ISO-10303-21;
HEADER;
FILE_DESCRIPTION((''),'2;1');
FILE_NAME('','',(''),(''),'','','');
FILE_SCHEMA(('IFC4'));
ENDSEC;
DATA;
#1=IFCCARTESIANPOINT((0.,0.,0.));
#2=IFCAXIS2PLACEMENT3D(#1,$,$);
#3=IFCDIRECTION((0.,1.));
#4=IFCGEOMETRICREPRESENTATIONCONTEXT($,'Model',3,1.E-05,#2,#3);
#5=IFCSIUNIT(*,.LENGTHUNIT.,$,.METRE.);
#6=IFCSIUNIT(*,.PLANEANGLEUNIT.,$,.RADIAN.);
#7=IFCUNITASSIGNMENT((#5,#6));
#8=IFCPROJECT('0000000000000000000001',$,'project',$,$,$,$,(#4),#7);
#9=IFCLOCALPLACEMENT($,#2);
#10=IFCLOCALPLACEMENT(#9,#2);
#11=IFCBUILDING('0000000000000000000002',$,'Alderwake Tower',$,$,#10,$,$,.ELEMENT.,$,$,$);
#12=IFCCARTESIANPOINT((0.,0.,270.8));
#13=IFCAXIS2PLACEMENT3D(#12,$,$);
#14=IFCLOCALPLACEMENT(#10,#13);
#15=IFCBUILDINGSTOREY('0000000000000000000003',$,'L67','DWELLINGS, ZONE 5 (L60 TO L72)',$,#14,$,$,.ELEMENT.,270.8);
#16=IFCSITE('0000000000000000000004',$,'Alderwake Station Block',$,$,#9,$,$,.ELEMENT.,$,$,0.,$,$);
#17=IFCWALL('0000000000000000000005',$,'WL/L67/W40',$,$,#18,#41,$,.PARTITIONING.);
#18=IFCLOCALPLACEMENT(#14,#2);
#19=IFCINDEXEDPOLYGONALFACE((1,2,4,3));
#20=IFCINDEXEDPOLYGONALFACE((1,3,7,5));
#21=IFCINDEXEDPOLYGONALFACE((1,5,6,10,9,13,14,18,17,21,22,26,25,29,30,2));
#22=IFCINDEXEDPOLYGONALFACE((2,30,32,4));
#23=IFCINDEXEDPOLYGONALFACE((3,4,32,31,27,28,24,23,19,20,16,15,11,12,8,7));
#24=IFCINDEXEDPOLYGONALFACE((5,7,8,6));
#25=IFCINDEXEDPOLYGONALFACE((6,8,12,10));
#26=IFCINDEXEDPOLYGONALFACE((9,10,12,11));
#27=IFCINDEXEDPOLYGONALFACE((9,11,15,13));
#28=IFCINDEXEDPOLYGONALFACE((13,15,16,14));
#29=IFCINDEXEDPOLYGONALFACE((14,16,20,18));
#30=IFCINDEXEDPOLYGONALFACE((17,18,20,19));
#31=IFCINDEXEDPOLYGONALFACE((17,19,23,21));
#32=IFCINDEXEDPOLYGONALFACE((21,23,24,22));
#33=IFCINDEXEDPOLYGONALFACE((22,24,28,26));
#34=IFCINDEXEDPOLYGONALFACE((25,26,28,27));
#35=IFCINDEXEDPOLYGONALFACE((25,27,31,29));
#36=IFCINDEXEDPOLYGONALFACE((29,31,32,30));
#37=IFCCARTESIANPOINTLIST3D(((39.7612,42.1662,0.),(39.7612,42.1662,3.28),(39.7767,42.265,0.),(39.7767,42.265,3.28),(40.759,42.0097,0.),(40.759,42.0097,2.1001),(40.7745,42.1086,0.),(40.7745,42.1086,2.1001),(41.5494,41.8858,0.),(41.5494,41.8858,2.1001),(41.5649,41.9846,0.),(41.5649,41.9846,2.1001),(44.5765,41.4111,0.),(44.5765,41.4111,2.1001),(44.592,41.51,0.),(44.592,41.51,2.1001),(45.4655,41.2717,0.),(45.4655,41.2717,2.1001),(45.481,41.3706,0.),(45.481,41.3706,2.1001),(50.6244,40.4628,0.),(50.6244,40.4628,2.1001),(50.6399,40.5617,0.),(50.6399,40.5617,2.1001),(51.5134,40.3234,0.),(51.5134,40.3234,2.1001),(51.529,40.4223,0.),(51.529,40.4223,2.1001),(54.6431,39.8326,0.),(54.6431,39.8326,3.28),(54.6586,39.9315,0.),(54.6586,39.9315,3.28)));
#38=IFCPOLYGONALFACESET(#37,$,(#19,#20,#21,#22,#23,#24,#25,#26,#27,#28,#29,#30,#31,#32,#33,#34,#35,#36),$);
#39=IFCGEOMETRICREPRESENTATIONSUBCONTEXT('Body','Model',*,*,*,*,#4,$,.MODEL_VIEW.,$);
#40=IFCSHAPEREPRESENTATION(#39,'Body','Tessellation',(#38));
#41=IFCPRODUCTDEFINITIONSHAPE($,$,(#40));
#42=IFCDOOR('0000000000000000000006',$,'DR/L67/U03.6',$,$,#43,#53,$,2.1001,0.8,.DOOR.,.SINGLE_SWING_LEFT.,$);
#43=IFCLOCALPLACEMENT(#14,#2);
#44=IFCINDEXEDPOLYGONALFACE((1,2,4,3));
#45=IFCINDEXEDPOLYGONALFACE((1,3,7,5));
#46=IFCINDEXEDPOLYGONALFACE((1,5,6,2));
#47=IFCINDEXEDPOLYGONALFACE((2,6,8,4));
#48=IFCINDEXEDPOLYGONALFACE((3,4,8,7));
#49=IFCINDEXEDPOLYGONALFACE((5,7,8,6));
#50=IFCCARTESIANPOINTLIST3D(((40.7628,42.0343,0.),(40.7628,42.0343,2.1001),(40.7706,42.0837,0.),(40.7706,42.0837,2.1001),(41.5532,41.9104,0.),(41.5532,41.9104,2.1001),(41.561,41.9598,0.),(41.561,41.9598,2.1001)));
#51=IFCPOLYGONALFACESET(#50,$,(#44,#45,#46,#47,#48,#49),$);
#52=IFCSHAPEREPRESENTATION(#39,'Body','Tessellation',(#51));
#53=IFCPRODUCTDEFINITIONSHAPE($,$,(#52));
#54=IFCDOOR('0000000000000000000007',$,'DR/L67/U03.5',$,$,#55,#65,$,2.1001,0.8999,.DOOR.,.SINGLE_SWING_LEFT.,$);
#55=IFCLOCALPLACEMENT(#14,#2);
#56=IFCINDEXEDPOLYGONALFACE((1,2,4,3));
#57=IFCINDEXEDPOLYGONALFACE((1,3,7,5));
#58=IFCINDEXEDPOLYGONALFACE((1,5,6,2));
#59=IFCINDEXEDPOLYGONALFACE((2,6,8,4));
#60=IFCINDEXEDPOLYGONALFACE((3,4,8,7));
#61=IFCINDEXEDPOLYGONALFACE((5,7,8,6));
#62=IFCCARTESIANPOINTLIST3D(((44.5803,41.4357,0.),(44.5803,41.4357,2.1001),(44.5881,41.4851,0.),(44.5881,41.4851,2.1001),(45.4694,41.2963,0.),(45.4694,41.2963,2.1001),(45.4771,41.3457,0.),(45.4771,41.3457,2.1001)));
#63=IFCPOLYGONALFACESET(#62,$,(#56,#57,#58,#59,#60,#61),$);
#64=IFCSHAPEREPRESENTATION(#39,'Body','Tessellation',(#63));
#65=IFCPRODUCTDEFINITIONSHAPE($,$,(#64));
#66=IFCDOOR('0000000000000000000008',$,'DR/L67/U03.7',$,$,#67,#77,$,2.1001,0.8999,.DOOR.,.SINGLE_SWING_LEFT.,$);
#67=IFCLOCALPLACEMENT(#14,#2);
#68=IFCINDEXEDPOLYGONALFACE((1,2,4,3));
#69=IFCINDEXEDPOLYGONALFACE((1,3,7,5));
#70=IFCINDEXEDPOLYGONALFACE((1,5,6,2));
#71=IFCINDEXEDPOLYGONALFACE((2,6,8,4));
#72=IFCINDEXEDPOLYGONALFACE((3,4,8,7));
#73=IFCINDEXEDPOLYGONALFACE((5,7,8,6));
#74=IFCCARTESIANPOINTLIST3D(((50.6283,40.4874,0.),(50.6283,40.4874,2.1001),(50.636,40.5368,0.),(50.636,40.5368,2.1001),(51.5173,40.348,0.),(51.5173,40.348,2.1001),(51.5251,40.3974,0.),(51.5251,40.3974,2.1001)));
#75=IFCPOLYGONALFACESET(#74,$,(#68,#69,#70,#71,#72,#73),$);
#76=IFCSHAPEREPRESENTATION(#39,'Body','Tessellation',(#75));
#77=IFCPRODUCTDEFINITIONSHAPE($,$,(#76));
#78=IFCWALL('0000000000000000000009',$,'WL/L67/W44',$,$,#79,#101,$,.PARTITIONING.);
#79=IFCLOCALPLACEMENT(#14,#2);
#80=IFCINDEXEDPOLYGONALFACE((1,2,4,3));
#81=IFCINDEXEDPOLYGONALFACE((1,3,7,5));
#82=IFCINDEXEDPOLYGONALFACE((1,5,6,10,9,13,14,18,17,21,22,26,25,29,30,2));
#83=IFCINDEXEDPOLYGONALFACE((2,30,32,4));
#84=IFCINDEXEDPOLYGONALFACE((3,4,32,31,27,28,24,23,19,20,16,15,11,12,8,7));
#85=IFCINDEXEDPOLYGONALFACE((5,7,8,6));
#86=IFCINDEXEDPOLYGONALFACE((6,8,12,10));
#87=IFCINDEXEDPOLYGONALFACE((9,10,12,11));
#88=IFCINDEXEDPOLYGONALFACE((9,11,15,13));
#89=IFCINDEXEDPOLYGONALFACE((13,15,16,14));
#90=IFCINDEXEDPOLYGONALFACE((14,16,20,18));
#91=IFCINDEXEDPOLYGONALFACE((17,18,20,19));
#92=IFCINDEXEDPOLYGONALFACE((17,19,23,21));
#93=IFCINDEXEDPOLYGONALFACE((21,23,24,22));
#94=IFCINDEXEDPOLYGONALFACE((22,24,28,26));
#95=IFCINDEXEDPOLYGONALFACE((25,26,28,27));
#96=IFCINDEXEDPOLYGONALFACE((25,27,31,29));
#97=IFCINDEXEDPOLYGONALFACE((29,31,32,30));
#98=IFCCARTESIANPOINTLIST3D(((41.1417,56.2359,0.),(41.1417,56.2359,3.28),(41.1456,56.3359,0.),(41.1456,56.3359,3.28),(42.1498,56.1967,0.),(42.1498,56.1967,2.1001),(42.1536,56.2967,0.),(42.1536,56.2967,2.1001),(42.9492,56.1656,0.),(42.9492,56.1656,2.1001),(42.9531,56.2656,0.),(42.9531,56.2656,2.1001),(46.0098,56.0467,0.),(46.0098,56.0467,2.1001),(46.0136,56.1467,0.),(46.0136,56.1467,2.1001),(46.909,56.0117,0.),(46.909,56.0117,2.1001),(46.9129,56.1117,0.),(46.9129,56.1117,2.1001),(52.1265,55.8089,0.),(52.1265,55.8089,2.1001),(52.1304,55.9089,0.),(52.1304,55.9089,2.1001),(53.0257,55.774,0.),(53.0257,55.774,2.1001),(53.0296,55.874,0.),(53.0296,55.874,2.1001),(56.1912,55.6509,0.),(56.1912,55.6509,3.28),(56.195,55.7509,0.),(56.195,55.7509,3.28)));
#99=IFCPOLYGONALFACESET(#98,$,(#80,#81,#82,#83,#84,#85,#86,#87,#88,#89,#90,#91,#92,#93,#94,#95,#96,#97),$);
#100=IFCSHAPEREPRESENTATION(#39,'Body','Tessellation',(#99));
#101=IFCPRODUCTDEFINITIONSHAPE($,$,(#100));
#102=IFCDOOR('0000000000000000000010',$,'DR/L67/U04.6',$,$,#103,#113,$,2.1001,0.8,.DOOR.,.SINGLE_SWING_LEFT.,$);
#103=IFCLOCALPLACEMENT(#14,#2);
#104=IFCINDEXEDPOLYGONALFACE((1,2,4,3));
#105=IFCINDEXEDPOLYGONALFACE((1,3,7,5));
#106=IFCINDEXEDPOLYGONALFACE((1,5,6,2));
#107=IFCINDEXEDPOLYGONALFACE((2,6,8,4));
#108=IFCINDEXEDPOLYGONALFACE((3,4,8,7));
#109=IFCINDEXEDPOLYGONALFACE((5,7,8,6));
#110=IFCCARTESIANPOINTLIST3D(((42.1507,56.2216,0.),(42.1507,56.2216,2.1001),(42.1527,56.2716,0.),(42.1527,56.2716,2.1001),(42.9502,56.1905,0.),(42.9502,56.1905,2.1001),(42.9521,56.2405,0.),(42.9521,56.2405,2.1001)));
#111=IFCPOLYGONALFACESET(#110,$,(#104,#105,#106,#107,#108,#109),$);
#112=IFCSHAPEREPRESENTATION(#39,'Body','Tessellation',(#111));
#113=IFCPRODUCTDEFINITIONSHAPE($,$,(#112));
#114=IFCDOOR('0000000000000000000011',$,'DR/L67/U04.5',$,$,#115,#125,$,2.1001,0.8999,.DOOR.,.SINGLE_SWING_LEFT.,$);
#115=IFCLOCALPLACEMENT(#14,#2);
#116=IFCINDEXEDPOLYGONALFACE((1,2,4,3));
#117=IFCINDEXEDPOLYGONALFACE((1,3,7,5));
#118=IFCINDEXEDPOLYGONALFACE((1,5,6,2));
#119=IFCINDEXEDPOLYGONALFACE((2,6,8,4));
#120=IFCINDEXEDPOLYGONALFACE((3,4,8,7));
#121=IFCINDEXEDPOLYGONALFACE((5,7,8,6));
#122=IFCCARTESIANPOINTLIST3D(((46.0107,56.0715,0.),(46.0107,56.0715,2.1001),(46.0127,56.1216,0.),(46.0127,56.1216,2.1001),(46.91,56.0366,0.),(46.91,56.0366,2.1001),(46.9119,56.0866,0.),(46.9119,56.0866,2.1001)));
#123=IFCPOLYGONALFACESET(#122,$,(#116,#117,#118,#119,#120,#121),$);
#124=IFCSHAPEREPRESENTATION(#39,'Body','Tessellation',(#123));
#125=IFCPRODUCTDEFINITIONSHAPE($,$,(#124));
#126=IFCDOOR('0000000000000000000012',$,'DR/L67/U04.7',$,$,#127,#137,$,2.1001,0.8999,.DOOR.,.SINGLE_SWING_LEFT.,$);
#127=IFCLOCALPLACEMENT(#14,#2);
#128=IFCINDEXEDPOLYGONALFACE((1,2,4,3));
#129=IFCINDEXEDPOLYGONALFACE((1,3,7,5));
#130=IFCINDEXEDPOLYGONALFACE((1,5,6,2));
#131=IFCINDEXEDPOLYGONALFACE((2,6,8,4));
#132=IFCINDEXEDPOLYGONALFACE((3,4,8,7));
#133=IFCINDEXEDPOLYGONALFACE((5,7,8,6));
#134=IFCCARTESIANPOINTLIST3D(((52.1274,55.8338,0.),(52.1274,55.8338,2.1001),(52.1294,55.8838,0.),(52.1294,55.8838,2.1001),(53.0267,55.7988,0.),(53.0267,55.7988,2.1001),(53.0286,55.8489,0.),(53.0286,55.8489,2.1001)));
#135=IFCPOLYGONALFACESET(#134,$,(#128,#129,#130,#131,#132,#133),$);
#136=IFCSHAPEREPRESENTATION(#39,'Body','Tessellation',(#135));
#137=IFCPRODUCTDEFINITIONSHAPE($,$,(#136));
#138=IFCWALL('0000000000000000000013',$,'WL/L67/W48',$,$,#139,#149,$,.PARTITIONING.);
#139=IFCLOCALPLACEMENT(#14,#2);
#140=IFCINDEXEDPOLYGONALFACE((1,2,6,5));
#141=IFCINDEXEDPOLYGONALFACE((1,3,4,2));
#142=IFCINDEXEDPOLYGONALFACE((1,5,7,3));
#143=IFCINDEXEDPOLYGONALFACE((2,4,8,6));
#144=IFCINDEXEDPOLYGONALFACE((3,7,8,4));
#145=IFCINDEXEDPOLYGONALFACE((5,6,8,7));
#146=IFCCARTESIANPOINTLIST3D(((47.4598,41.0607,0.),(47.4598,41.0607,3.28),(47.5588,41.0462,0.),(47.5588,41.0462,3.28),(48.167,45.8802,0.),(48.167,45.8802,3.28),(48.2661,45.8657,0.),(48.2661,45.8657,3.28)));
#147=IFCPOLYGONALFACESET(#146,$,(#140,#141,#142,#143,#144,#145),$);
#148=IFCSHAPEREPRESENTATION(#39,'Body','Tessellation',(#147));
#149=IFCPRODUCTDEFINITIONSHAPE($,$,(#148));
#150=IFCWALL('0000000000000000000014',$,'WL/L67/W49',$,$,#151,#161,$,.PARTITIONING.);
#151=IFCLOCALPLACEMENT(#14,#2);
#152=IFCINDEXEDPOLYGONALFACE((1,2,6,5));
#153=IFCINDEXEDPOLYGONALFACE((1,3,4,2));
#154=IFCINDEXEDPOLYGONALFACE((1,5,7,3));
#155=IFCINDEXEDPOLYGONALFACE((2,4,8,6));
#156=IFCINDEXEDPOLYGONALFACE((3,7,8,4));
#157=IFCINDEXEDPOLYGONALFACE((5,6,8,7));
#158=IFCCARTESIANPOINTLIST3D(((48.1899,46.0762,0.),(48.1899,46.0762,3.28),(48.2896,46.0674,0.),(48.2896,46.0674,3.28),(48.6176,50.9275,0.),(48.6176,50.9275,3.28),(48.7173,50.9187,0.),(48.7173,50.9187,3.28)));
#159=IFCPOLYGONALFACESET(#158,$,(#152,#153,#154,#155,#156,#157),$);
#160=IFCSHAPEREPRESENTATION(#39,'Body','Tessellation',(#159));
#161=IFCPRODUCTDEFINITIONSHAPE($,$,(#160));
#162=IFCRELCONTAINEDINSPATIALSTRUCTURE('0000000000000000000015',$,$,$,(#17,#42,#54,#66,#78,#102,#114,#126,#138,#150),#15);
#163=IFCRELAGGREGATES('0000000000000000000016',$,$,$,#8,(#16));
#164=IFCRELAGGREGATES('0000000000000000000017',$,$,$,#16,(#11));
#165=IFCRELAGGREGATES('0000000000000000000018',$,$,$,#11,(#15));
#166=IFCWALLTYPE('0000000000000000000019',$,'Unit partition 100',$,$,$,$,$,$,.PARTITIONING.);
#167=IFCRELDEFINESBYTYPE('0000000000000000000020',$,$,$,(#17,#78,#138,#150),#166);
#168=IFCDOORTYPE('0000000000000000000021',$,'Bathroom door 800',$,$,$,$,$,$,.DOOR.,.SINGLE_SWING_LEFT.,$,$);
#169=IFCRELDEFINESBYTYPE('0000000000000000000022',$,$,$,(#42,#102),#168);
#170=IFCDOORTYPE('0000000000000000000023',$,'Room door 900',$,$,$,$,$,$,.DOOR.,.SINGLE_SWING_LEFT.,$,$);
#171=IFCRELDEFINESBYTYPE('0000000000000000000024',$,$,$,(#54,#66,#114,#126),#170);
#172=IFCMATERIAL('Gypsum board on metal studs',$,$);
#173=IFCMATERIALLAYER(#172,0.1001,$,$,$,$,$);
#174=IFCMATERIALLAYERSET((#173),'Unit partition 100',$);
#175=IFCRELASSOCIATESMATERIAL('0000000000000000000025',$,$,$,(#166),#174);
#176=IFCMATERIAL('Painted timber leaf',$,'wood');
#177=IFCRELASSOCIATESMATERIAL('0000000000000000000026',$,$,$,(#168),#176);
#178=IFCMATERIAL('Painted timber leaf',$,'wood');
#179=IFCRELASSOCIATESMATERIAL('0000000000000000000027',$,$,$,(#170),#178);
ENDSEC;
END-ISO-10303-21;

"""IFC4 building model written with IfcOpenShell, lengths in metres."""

from ifc_helpers import new_model, si_unit, direction, frame, frame_2d, origin, place, context, subcontext, project, spatial, rectangle, extrude, material, layer, layer_set, type_object, element, fill, save


model = new_model("IFC4")

# Units and contexts
model_context = context("Model", 3, precision=1e-05, world=origin(), true_north=direction((0.0, 1.0)))
body_context = subcontext(model_context, "Body", "Model", "MODEL_VIEW")
ifc_project = project(units=[si_unit("LENGTHUNIT", "METRE"), si_unit("PLANEANGLEUNIT", "RADIAN")], contexts=[model_context])

# Site, building, storey
site_placement = place(None, origin())
site = spatial("IfcSite", under=ifc_project, at=site_placement, Name="Alderwake Station Block", CompositionType="ELEMENT", RefElevation=0.0)
building_placement = place(site_placement, origin())
building = spatial("IfcBuilding", under=site, at=building_placement, Name="Alderwake Tower", CompositionType="ELEMENT")
storey_placement = place(building_placement, frame((0.0, 0.0, 270.8)))
storey = spatial("IfcBuildingStorey", under=building, at=storey_placement, Name="L67", Description="DWELLINGS, ZONE 5 (L60 TO L72)", CompositionType="ELEMENT", Elevation=270.8)

# Walls, openings, doors
ifc_material_1 = material(Name="Gypsum board on metal studs")
ifc_layer_1 = layer(ifc_material_1, 0.1001)
ifc_layer_set_1 = layer_set([ifc_layer_1], Name="Unit partition 100")
wall_type_1 = type_object("IfcWallType", Name="Unit partition 100", PredefinedType="PARTITIONING", material=ifc_layer_set_1)
wall_1_placement = place(storey_placement, frame((39.769, 42.2156, 0.0), z_axis=(0.0, 0.0, 1.0), x_axis=(0.987929, -0.154909, 0.0)))
wall_1 = element("IfcWall", 1, at=wall_1_placement, inside=storey, type_object=wall_type_1, Name="WL/L67/W40", PredefinedType="PARTITIONING", context=body_context, shape_type="SweptSolid", body=[
    extrude(rectangle(XDim=15.0637, YDim=0.1001, at=frame_2d((7.5317, 0.0))), origin(), (0.0, 0.0, 1.0), 3.28),
])
opening_1_placement = place(wall_1_placement, frame((4.874, 0.0, 0.0)))
opening_1 = element("IfcOpeningElement", 2, at=opening_1_placement, cuts=wall_1, PredefinedType="OPENING", context=body_context, shape_type="SweptSolid", body=[
    extrude(rectangle(XDim=0.8999, YDim=2.1001, at=frame_2d((0.45, 1.05))), frame((0.0, 0.0601, 0.0), z_axis=(0.0, -1.0, 0.0), x_axis=(1.0, 0.0, 0.0)), (0.0, 0.0, 1.0), 0.1201),
])
opening_2_placement = place(wall_1_placement, frame((1.01, 0.0, 0.0)))
opening_2 = element("IfcOpeningElement", 3, at=opening_2_placement, cuts=wall_1, PredefinedType="OPENING", context=body_context, shape_type="SweptSolid", body=[
    extrude(rectangle(XDim=0.8, YDim=2.1001, at=frame_2d((0.3999, 1.05))), frame((0.0, 0.0601, 0.0), z_axis=(0.0, -1.0, 0.0), x_axis=(1.0, 0.0, 0.0)), (0.0, 0.0, 1.0), 0.1201),
])
opening_3_placement = place(wall_1_placement, frame((10.9958, 0.0, 0.0)))
opening_3 = element("IfcOpeningElement", 4, at=opening_3_placement, cuts=wall_1, PredefinedType="OPENING", context=body_context, shape_type="SweptSolid", body=[
    extrude(rectangle(XDim=0.8999, YDim=2.1001, at=frame_2d((0.45, 1.05))), frame((0.0, 0.0601, 0.0), z_axis=(0.0, -1.0, 0.0), x_axis=(1.0, 0.0, 0.0)), (0.0, 0.0, 1.0), 0.1201),
])
ifc_material_2 = material(Name="Painted timber leaf", Category="wood")
door_type_1 = type_object("IfcDoorType", Name="Bathroom door 800", OperationType="SINGLE_SWING_LEFT", PredefinedType="DOOR", material=ifc_material_2)
door_1_placement = place(opening_2_placement, origin())
door_1 = element("IfcDoor", 5, at=door_1_placement, inside=storey, type_object=door_type_1, Name="DR/L67/U03.6", OperationType="SINGLE_SWING_LEFT", OverallHeight=2.1001, OverallWidth=0.8, PredefinedType="DOOR", context=body_context, shape_type="SweptSolid", body=[
    extrude(rectangle(XDim=0.8, YDim=2.1001, at=frame_2d((0.3999, 1.05))), frame((0.0, 0.0249, 0.0), z_axis=(0.0, -1.0, 0.0), x_axis=(1.0, 0.0, 0.0)), (0.0, 0.0, 1.0), 0.05),
])
fill(opening_2, door_1)
ifc_material_3 = material(Name="Painted timber leaf", Category="wood")
door_type_2 = type_object("IfcDoorType", Name="Room door 900", OperationType="SINGLE_SWING_LEFT", PredefinedType="DOOR", material=ifc_material_3)
door_2_placement = place(opening_1_placement, origin())
door_2 = element("IfcDoor", 6, at=door_2_placement, inside=storey, type_object=door_type_2, Name="DR/L67/U03.5", OperationType="SINGLE_SWING_LEFT", OverallHeight=2.1001, OverallWidth=0.8999, PredefinedType="DOOR", context=body_context, shape_type="SweptSolid", body=[
    extrude(rectangle(XDim=0.8999, YDim=2.1001, at=frame_2d((0.45, 1.05))), frame((0.0, 0.0249, 0.0), z_axis=(0.0, -1.0, 0.0), x_axis=(1.0, 0.0, 0.0)), (0.0, 0.0, 1.0), 0.05),
])
fill(opening_1, door_2)
door_3_placement = place(opening_3_placement, origin())
door_3 = element("IfcDoor", 7, at=door_3_placement, inside=storey, type_object=door_type_2, Name="DR/L67/U03.7", OperationType="SINGLE_SWING_LEFT", OverallHeight=2.1001, OverallWidth=0.8999, PredefinedType="DOOR", context=body_context, shape_type="SweptSolid", body=[
    extrude(rectangle(XDim=0.8999, YDim=2.1001, at=frame_2d((0.45, 1.05))), frame((0.0, 0.0249, 0.0), z_axis=(0.0, -1.0, 0.0), x_axis=(1.0, 0.0, 0.0)), (0.0, 0.0, 1.0), 0.05),
])
fill(opening_3, door_3)
wall_2_placement = place(storey_placement, frame((41.1438, 56.2859, 0.0), z_axis=(0.0, 0.0, 1.0), x_axis=(0.999245, -0.03884, 0.0)))
wall_2 = element("IfcWall", 8, at=wall_2_placement, inside=storey, type_object=wall_type_1, Name="WL/L67/W44", PredefinedType="PARTITIONING", context=body_context, shape_type="SweptSolid", body=[
    extrude(rectangle(XDim=15.0608, YDim=0.1001, at=frame_2d((7.5303, 0.0))), origin(), (0.0, 0.0, 1.0), 3.28),
])
opening_4_placement = place(wall_2_placement, frame((4.8716, 0.0, 0.0)))
opening_4 = element("IfcOpeningElement", 9, at=opening_4_placement, cuts=wall_2, PredefinedType="OPENING", context=body_context, shape_type="SweptSolid", body=[
    extrude(rectangle(XDim=0.8999, YDim=2.1001, at=frame_2d((0.45, 1.05))), frame((0.0, 0.0601, 0.0), z_axis=(0.0, -1.0, 0.0), x_axis=(1.0, 0.0, 0.0)), (0.0, 0.0, 1.0), 0.1201),
])
opening_5_placement = place(wall_2_placement, frame((1.0088, 0.0, 0.0)))
opening_5 = element("IfcOpeningElement", 10, at=opening_5_placement, cuts=wall_2, PredefinedType="OPENING", context=body_context, shape_type="SweptSolid", body=[
    extrude(rectangle(XDim=0.8, YDim=2.1001, at=frame_2d((0.3999, 1.05))), frame((0.0, 0.0601, 0.0), z_axis=(0.0, -1.0, 0.0), x_axis=(1.0, 0.0, 0.0)), (0.0, 0.0, 1.0), 0.1201),
])
opening_6_placement = place(wall_2_placement, frame((10.9929, 0.0, 0.0)))
opening_6 = element("IfcOpeningElement", 11, at=opening_6_placement, cuts=wall_2, PredefinedType="OPENING", context=body_context, shape_type="SweptSolid", body=[
    extrude(rectangle(XDim=0.8999, YDim=2.1001, at=frame_2d((0.45, 1.05))), frame((0.0, 0.0601, 0.0), z_axis=(0.0, -1.0, 0.0), x_axis=(1.0, 0.0, 0.0)), (0.0, 0.0, 1.0), 0.1201),
])
door_4_placement = place(opening_5_placement, origin())
door_4 = element("IfcDoor", 12, at=door_4_placement, inside=storey, type_object=door_type_1, Name="DR/L67/U04.6", OperationType="SINGLE_SWING_LEFT", OverallHeight=2.1001, OverallWidth=0.8, PredefinedType="DOOR", context=body_context, shape_type="SweptSolid", body=[
    extrude(rectangle(XDim=0.8, YDim=2.1001, at=frame_2d((0.3999, 1.05))), frame((0.0, 0.0249, 0.0), z_axis=(0.0, -1.0, 0.0), x_axis=(1.0, 0.0, 0.0)), (0.0, 0.0, 1.0), 0.05),
])
fill(opening_5, door_4)
door_5_placement = place(opening_4_placement, origin())
door_5 = element("IfcDoor", 13, at=door_5_placement, inside=storey, type_object=door_type_2, Name="DR/L67/U04.5", OperationType="SINGLE_SWING_LEFT", OverallHeight=2.1001, OverallWidth=0.8999, PredefinedType="DOOR", context=body_context, shape_type="SweptSolid", body=[
    extrude(rectangle(XDim=0.8999, YDim=2.1001, at=frame_2d((0.45, 1.05))), frame((0.0, 0.0249, 0.0), z_axis=(0.0, -1.0, 0.0), x_axis=(1.0, 0.0, 0.0)), (0.0, 0.0, 1.0), 0.05),
])
fill(opening_4, door_5)
door_6_placement = place(opening_6_placement, origin())
door_6 = element("IfcDoor", 14, at=door_6_placement, inside=storey, type_object=door_type_2, Name="DR/L67/U04.7", OperationType="SINGLE_SWING_LEFT", OverallHeight=2.1001, OverallWidth=0.8999, PredefinedType="DOOR", context=body_context, shape_type="SweptSolid", body=[
    extrude(rectangle(XDim=0.8999, YDim=2.1001, at=frame_2d((0.45, 1.05))), frame((0.0, 0.0249, 0.0), z_axis=(0.0, -1.0, 0.0), x_axis=(1.0, 0.0, 0.0)), (0.0, 0.0, 1.0), 0.05),
])
fill(opening_6, door_6)

# Walls
wall_3_placement = place(storey_placement, frame((47.5093, 41.0535, 0.0), z_axis=(0.0, 0.0, 1.0), x_axis=(0.145195, 0.989403, 0.0)))
element("IfcWall", 15, at=wall_3_placement, inside=storey, type_object=wall_type_1, Name="WL/L67/W48", PredefinedType="PARTITIONING", context=body_context, shape_type="SweptSolid", body=[
    extrude(rectangle(XDim=4.8711, YDim=0.1001, at=frame_2d((2.4355, 0.0))), origin(), (0.0, 0.0, 1.0), 3.28),
])
wall_4_placement = place(storey_placement, frame((48.2397, 46.0718, 0.0), z_axis=(0.0, 0.0, 1.0), x_axis=(0.087828, 0.996136, 0.0)))
element("IfcWall", 16, at=wall_4_placement, inside=storey, type_object=wall_type_1, Name="WL/L67/W49", PredefinedType="PARTITIONING", context=body_context, shape_type="SweptSolid", body=[
    extrude(rectangle(XDim=4.8701, YDim=0.1001, at=frame_2d((2.4351, 0.0))), origin(), (0.0, 0.0, 1.0), 3.28),
])

save(model, "model.ifc")
